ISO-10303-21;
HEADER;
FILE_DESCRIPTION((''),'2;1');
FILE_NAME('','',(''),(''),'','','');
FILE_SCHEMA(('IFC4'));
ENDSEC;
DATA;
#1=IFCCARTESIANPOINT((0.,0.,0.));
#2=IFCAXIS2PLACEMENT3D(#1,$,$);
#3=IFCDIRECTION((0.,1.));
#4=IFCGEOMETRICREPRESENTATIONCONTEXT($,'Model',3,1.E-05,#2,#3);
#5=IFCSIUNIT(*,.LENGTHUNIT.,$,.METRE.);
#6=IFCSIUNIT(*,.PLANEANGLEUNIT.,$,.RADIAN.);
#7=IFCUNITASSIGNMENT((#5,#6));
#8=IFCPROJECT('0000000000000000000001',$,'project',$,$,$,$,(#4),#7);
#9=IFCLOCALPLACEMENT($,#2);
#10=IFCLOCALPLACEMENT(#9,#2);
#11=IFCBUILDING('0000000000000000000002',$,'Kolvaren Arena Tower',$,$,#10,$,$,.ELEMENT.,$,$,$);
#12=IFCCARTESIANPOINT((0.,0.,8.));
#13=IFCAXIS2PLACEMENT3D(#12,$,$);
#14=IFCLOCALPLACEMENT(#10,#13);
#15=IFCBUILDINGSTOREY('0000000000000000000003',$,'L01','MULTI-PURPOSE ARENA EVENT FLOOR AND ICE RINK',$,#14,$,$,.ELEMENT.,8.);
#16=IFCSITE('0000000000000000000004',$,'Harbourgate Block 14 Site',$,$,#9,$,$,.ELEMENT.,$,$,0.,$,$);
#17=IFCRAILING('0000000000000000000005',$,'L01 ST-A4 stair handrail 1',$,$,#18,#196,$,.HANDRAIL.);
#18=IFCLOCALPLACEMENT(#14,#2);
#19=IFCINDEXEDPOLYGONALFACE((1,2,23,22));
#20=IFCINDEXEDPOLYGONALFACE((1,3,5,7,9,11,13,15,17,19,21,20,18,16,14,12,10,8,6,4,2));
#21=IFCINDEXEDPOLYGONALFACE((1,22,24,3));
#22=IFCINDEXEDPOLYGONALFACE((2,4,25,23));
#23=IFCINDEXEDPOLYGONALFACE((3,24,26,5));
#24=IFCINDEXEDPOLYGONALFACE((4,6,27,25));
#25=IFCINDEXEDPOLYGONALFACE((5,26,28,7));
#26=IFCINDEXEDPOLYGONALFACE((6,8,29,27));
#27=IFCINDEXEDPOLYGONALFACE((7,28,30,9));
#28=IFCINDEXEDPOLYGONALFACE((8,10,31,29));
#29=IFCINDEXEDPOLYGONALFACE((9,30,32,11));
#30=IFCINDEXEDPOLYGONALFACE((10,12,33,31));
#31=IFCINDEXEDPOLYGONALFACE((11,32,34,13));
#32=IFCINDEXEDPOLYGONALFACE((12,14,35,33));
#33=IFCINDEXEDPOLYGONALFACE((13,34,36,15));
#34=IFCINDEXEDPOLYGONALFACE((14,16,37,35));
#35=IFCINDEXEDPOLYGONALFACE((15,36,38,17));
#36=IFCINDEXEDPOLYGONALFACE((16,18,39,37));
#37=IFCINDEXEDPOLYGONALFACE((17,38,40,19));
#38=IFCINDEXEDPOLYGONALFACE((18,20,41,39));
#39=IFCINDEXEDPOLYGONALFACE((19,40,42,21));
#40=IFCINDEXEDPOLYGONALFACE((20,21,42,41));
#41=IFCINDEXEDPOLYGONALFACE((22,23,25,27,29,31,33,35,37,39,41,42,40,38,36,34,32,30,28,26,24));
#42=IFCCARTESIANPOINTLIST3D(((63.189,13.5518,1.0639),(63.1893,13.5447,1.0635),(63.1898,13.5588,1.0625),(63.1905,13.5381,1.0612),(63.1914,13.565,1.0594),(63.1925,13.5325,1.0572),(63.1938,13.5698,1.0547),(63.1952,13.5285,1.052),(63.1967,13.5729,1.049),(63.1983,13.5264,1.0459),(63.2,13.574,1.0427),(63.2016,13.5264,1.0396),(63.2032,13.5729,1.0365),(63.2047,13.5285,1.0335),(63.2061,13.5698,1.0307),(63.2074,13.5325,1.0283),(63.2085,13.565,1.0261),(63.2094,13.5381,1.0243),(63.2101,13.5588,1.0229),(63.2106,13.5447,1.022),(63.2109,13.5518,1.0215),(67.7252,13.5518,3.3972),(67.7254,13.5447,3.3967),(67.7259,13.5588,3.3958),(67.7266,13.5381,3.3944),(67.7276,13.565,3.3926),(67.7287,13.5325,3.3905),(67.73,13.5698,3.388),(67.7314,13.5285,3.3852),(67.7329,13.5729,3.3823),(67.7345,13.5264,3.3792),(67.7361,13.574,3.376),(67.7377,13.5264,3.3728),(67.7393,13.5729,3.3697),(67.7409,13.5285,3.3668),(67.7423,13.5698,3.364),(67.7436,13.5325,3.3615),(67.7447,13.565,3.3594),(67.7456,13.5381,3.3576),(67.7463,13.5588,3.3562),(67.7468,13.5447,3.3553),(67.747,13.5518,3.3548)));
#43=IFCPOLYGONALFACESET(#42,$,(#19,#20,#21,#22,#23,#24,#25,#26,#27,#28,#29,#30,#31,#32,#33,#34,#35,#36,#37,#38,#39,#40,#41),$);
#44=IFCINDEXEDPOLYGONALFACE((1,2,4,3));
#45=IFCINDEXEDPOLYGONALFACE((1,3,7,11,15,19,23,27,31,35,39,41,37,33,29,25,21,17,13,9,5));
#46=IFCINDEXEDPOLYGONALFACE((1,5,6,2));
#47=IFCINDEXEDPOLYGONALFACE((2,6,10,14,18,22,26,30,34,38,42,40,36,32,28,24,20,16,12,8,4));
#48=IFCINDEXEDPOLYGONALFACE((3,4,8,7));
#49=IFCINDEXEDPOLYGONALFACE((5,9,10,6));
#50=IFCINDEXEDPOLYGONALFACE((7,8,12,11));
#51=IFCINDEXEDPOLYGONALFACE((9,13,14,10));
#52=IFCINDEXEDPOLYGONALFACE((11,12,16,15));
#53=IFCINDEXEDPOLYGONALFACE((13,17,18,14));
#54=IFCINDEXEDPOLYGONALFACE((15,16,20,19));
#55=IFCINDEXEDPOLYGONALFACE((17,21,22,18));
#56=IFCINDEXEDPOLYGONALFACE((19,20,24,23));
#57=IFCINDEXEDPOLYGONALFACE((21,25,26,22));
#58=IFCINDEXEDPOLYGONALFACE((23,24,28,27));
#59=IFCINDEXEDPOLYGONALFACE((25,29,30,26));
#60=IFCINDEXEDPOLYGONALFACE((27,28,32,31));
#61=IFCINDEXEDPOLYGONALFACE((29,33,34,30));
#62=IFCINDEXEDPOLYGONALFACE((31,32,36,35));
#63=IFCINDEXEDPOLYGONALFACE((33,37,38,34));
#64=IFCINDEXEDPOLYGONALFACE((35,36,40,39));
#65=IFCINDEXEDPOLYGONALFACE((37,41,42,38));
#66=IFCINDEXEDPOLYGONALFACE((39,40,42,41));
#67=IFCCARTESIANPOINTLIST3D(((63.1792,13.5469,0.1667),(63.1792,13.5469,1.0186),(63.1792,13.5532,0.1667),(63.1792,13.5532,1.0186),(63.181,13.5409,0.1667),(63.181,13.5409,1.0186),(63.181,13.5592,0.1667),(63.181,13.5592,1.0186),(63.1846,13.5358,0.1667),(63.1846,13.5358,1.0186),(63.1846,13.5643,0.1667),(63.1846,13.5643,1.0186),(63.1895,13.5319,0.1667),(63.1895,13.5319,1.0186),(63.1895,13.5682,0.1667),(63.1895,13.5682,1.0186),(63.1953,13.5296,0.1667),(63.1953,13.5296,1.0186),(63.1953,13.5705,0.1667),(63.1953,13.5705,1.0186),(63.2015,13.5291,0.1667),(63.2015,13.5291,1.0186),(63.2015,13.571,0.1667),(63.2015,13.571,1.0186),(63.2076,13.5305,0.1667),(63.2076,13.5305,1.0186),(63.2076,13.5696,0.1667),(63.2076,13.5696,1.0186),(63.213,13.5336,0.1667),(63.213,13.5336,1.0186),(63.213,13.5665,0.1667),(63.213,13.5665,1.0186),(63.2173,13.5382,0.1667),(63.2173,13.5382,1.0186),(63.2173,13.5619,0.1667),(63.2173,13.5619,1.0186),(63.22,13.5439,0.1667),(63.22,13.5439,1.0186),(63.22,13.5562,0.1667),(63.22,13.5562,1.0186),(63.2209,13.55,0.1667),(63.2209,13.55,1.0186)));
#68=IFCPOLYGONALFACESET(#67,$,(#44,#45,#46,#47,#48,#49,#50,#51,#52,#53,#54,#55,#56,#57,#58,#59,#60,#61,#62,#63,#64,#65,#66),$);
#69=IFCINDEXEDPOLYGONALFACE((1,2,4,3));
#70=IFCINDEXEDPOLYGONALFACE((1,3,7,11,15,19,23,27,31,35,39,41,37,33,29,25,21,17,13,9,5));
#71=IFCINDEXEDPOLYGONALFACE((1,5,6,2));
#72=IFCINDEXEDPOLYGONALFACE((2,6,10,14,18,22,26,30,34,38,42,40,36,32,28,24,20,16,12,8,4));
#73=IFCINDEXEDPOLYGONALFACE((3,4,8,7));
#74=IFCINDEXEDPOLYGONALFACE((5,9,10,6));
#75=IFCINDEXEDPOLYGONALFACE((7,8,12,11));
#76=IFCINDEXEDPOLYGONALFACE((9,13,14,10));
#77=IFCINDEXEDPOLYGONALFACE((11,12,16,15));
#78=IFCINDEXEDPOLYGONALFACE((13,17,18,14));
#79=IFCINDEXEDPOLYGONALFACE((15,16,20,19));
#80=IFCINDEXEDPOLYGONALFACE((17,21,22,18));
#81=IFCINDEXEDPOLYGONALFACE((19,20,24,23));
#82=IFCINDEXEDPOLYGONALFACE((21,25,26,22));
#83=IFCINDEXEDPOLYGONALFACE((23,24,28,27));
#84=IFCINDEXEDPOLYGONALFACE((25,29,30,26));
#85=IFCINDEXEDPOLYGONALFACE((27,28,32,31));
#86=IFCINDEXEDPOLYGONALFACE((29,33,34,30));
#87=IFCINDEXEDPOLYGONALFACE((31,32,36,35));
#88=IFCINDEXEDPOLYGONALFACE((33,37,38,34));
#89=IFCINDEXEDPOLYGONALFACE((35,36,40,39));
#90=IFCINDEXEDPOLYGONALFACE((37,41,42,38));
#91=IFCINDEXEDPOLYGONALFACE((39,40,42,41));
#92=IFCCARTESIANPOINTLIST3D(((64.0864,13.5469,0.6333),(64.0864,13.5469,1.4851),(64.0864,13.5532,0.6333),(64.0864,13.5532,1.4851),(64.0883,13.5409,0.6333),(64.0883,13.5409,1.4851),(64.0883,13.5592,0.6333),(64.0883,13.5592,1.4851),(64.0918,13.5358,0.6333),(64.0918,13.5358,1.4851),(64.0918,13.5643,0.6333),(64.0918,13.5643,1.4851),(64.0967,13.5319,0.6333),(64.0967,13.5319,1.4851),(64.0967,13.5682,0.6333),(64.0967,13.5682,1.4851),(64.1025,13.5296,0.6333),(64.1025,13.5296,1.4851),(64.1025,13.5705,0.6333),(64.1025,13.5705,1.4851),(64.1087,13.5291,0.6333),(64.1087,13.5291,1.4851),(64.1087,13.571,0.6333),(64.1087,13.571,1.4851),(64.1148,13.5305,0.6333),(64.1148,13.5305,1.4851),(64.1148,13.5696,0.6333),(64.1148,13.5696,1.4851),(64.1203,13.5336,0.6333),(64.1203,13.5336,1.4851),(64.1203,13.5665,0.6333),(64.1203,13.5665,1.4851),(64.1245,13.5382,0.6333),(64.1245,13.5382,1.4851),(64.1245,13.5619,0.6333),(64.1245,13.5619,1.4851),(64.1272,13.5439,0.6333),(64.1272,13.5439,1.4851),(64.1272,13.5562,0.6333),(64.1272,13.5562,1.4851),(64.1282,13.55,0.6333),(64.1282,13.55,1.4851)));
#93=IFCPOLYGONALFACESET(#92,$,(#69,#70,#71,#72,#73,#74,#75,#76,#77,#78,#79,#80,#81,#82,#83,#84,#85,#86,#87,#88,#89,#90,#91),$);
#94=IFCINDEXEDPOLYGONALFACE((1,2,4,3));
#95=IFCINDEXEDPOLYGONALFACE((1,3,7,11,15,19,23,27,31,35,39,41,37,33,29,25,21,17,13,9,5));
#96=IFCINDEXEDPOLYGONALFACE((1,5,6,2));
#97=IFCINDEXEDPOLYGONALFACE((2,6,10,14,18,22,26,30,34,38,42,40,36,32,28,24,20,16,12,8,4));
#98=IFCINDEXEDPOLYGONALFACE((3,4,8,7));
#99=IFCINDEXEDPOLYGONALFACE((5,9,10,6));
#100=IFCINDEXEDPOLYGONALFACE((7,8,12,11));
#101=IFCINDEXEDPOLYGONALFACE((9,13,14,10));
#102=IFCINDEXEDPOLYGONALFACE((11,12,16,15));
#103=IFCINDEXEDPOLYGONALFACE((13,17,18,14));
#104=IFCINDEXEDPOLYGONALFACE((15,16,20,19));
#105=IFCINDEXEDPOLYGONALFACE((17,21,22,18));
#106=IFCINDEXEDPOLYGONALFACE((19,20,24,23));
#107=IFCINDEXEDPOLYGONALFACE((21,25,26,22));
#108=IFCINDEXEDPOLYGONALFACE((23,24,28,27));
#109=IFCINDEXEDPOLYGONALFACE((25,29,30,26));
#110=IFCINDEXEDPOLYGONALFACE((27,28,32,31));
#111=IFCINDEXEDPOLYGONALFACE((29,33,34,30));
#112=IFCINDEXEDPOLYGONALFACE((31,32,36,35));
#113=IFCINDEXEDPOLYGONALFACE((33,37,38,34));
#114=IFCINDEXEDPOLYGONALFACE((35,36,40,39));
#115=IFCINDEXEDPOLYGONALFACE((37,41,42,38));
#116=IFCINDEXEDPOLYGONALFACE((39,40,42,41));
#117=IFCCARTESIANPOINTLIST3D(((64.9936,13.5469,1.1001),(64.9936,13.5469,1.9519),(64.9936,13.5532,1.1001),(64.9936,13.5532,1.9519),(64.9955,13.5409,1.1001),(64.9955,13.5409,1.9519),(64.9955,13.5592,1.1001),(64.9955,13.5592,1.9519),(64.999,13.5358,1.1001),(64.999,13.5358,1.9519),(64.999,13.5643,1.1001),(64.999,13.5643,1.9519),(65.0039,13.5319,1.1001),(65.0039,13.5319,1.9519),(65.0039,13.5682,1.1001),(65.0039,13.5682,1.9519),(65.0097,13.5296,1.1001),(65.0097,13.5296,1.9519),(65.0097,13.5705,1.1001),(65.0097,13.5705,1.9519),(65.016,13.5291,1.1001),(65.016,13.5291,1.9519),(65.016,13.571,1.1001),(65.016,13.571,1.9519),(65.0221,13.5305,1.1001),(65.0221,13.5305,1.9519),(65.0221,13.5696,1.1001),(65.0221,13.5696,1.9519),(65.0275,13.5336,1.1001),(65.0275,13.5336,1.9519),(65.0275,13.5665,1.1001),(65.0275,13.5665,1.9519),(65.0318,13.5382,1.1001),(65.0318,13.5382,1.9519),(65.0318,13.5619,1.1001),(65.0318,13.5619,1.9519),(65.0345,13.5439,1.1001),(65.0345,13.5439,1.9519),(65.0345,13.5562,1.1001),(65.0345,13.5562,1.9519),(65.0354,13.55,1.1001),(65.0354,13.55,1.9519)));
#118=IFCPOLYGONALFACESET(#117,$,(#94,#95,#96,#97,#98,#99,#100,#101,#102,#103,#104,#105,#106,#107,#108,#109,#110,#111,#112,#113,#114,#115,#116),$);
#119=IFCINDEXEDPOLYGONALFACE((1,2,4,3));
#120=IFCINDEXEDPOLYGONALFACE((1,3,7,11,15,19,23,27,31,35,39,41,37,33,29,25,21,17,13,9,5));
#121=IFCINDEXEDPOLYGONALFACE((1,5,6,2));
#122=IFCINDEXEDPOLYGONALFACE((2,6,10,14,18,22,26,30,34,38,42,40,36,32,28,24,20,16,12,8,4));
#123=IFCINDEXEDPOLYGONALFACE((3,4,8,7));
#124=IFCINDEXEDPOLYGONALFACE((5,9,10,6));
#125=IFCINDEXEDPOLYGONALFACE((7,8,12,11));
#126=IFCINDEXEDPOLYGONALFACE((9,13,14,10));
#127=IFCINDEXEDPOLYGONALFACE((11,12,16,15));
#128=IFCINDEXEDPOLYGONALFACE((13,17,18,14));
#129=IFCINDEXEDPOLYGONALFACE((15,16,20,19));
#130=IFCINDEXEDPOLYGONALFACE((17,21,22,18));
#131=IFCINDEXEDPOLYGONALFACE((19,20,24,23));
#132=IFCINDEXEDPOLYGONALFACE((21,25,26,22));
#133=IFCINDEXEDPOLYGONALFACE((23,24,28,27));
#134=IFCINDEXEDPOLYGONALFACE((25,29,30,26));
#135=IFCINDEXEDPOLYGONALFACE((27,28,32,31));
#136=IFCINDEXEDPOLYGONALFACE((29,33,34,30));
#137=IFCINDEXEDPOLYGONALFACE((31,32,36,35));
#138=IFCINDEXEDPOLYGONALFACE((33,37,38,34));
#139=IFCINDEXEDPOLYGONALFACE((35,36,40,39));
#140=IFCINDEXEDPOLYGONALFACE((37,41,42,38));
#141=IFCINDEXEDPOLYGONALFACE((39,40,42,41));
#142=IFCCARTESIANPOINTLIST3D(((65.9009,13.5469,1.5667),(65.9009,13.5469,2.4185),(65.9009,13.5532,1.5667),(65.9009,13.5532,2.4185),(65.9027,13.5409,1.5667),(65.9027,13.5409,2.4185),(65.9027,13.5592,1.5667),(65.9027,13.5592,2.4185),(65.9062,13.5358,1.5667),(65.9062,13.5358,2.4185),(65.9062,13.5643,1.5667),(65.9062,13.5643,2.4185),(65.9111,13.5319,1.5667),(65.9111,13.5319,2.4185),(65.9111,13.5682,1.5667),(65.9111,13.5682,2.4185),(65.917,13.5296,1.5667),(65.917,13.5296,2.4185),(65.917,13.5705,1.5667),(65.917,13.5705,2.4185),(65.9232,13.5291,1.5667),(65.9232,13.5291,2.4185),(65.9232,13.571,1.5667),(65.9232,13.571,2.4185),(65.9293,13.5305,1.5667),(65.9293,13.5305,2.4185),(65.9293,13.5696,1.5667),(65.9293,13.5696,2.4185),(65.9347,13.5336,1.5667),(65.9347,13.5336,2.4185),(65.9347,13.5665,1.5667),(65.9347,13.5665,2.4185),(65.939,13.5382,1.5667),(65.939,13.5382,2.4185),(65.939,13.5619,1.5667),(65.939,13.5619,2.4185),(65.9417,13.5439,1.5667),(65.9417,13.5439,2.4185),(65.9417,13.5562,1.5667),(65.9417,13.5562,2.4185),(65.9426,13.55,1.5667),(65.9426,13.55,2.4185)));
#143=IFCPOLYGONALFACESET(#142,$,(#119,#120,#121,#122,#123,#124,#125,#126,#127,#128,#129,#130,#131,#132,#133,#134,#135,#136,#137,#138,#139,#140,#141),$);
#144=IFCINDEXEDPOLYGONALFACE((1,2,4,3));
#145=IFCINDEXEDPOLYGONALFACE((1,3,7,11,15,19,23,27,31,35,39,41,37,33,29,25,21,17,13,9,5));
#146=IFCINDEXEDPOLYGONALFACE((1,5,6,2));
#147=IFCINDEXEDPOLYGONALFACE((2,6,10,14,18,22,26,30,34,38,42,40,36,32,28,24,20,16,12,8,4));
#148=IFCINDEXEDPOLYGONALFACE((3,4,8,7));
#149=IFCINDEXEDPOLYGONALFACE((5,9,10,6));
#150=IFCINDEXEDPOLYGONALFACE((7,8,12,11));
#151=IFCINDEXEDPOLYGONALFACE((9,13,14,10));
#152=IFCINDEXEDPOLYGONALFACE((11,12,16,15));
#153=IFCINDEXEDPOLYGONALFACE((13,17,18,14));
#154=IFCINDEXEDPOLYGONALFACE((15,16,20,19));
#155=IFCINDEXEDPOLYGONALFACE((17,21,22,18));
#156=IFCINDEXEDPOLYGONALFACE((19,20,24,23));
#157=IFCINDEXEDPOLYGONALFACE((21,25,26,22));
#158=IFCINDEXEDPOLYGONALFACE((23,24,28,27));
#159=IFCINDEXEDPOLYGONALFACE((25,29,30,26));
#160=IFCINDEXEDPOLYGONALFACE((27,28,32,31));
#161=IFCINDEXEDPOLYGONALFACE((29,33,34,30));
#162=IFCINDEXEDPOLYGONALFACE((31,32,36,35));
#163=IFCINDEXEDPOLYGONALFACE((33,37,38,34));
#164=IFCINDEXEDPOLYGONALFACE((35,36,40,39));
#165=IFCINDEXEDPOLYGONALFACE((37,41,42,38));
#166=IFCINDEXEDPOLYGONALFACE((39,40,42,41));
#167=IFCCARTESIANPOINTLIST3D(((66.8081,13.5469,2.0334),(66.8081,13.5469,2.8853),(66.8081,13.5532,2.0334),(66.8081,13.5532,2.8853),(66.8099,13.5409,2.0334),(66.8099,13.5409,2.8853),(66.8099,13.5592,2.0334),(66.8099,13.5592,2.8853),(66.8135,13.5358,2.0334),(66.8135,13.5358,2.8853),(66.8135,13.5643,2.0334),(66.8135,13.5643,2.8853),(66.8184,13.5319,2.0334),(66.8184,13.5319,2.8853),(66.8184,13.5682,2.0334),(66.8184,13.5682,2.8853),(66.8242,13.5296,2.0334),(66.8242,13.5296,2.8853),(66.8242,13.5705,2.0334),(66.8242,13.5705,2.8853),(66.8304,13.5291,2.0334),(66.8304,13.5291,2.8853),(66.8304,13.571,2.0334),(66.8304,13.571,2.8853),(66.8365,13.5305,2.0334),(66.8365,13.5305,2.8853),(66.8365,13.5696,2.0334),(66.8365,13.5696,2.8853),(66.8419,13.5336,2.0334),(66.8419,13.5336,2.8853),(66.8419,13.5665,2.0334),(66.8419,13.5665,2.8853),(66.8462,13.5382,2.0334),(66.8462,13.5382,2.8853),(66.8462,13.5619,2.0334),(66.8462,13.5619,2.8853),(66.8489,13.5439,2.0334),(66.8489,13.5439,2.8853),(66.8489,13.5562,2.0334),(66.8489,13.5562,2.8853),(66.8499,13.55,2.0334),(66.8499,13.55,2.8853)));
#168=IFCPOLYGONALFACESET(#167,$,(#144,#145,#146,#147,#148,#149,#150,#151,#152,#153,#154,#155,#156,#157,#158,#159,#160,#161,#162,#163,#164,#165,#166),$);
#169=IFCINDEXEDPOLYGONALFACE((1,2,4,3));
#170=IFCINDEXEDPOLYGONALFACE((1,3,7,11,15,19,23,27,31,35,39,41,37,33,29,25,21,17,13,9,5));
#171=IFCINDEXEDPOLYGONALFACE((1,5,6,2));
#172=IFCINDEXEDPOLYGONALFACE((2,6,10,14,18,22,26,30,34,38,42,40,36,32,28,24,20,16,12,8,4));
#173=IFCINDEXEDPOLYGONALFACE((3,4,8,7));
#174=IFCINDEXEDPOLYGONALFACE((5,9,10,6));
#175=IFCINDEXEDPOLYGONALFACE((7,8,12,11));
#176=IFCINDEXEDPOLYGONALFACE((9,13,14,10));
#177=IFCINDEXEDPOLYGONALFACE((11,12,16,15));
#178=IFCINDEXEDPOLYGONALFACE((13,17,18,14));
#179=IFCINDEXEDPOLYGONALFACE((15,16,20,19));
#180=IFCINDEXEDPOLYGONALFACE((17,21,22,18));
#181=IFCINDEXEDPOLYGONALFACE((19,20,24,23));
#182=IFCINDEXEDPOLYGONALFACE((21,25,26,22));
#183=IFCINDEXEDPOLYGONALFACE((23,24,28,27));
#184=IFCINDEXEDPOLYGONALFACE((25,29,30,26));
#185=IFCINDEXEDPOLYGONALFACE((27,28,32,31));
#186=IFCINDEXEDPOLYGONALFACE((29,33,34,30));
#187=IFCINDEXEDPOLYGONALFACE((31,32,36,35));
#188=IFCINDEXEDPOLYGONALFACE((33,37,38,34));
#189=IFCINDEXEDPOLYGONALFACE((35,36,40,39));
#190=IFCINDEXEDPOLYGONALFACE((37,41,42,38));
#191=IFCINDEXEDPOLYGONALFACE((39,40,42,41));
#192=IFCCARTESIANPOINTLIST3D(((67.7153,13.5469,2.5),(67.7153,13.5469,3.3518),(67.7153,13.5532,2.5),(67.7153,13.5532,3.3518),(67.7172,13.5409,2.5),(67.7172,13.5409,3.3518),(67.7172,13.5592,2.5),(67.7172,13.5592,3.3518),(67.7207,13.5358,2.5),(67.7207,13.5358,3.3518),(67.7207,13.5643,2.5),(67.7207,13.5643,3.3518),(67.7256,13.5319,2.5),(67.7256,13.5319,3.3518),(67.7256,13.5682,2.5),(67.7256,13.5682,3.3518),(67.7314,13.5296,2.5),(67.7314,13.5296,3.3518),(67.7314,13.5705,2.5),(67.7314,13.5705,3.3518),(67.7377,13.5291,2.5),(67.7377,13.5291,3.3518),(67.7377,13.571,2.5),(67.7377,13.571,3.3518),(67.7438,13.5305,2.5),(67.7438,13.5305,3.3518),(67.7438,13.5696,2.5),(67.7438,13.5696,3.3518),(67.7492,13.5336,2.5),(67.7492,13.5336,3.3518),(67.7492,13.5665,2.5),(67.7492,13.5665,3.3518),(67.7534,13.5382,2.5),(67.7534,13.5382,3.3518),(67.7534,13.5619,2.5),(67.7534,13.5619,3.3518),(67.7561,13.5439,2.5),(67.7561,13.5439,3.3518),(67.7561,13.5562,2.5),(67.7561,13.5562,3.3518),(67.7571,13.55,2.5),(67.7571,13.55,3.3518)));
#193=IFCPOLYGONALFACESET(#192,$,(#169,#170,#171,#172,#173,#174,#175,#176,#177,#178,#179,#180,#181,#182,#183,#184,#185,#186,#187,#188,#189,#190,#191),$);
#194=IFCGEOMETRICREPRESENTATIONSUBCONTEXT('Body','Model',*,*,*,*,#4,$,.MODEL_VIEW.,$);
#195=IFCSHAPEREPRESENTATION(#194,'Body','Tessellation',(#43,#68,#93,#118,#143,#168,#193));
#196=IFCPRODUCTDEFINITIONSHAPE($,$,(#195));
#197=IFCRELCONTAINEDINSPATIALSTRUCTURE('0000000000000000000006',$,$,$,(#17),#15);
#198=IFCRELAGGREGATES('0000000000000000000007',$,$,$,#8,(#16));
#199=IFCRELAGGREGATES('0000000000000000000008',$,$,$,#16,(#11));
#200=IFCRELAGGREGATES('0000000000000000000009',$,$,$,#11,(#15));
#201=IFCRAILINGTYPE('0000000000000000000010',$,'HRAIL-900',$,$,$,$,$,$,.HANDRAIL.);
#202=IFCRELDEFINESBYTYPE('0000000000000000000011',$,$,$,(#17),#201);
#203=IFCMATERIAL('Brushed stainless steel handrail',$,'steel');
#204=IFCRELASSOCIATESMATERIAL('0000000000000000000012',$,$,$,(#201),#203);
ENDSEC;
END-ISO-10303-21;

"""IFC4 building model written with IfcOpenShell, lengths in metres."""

from ifc_helpers import new_model, si_unit, direction, frame, origin, origin_2d, place, context, subcontext, project, spatial, circle, extrude, material, type_object, element, save


model = new_model("IFC4")

# Units and contexts
model_context = context("Model", 3, precision=1e-05, world=origin(), true_north=direction((0.0, 1.0)))
body_context = subcontext(model_context, "Body", "Model", "MODEL_VIEW")
ifc_project = project(units=[si_unit("LENGTHUNIT", "METRE"), si_unit("PLANEANGLEUNIT", "RADIAN")], contexts=[model_context])

# Site, building, storey
site_placement = place(None, origin())
site = spatial("IfcSite", under=ifc_project, at=site_placement, Name="Harbourgate Block 14 Site", CompositionType="ELEMENT", RefElevation=0.0)
building_placement = place(site_placement, origin())
building = spatial("IfcBuilding", under=site, at=building_placement, Name="Kolvaren Arena Tower", CompositionType="ELEMENT")
storey_placement = place(building_placement, frame((0.0, 0.0, 8.0)))
storey = spatial("IfcBuildingStorey", under=building, at=storey_placement, Name="L01", Description="MULTI-PURPOSE ARENA EVENT FLOOR AND ICE RINK", CompositionType="ELEMENT", Elevation=8.0)

# Railing
ifc_material_1 = material(Name="Brushed stainless steel handrail", Category="steel")
railing_type_1 = type_object("IfcRailingType", Name="HRAIL-900", PredefinedType="HANDRAIL", material=ifc_material_1)
railing_1_placement = place(storey_placement, frame((63.2, 13.55, 0.1667)))
element("IfcRailing", 1, at=railing_1_placement, inside=storey, type_object=railing_type_1, Name="L01 ST-A4 stair handrail 1", PredefinedType="HANDRAIL", context=body_context, shape_type="SweptSolid", body=[
    extrude(circle(Radius=0.0239, at=origin_2d()), frame((0.0, 0.0, 0.876), z_axis=(0.889257, 0.0, 0.457407), x_axis=(0.0, 1.0, 0.0)), (0.0, 0.0, 1.0), 5.1011),
    extrude(circle(Radius=0.021, at=origin_2d()), origin(), (0.0, 0.0, 1.0), 0.8518),
    extrude(circle(Radius=0.021, at=origin_2d()), frame((0.9072, 0.0, 0.4666)), (0.0, 0.0, 1.0), 0.8518),
    extrude(circle(Radius=0.021, at=origin_2d()), frame((1.8145, 0.0, 0.9333)), (0.0, 0.0, 1.0), 0.8518),
    extrude(circle(Radius=0.021, at=origin_2d()), frame((2.7217, 0.0, 1.3999)), (0.0, 0.0, 1.0), 0.8518),
    extrude(circle(Radius=0.021, at=origin_2d()), frame((3.6289, 0.0, 1.8667)), (0.0, 0.0, 1.0), 0.8518),
    extrude(circle(Radius=0.021, at=origin_2d()), frame((4.5361, 0.0, 2.3333)), (0.0, 0.0, 1.0), 0.8518),
])

save(model, "model.ifc")
